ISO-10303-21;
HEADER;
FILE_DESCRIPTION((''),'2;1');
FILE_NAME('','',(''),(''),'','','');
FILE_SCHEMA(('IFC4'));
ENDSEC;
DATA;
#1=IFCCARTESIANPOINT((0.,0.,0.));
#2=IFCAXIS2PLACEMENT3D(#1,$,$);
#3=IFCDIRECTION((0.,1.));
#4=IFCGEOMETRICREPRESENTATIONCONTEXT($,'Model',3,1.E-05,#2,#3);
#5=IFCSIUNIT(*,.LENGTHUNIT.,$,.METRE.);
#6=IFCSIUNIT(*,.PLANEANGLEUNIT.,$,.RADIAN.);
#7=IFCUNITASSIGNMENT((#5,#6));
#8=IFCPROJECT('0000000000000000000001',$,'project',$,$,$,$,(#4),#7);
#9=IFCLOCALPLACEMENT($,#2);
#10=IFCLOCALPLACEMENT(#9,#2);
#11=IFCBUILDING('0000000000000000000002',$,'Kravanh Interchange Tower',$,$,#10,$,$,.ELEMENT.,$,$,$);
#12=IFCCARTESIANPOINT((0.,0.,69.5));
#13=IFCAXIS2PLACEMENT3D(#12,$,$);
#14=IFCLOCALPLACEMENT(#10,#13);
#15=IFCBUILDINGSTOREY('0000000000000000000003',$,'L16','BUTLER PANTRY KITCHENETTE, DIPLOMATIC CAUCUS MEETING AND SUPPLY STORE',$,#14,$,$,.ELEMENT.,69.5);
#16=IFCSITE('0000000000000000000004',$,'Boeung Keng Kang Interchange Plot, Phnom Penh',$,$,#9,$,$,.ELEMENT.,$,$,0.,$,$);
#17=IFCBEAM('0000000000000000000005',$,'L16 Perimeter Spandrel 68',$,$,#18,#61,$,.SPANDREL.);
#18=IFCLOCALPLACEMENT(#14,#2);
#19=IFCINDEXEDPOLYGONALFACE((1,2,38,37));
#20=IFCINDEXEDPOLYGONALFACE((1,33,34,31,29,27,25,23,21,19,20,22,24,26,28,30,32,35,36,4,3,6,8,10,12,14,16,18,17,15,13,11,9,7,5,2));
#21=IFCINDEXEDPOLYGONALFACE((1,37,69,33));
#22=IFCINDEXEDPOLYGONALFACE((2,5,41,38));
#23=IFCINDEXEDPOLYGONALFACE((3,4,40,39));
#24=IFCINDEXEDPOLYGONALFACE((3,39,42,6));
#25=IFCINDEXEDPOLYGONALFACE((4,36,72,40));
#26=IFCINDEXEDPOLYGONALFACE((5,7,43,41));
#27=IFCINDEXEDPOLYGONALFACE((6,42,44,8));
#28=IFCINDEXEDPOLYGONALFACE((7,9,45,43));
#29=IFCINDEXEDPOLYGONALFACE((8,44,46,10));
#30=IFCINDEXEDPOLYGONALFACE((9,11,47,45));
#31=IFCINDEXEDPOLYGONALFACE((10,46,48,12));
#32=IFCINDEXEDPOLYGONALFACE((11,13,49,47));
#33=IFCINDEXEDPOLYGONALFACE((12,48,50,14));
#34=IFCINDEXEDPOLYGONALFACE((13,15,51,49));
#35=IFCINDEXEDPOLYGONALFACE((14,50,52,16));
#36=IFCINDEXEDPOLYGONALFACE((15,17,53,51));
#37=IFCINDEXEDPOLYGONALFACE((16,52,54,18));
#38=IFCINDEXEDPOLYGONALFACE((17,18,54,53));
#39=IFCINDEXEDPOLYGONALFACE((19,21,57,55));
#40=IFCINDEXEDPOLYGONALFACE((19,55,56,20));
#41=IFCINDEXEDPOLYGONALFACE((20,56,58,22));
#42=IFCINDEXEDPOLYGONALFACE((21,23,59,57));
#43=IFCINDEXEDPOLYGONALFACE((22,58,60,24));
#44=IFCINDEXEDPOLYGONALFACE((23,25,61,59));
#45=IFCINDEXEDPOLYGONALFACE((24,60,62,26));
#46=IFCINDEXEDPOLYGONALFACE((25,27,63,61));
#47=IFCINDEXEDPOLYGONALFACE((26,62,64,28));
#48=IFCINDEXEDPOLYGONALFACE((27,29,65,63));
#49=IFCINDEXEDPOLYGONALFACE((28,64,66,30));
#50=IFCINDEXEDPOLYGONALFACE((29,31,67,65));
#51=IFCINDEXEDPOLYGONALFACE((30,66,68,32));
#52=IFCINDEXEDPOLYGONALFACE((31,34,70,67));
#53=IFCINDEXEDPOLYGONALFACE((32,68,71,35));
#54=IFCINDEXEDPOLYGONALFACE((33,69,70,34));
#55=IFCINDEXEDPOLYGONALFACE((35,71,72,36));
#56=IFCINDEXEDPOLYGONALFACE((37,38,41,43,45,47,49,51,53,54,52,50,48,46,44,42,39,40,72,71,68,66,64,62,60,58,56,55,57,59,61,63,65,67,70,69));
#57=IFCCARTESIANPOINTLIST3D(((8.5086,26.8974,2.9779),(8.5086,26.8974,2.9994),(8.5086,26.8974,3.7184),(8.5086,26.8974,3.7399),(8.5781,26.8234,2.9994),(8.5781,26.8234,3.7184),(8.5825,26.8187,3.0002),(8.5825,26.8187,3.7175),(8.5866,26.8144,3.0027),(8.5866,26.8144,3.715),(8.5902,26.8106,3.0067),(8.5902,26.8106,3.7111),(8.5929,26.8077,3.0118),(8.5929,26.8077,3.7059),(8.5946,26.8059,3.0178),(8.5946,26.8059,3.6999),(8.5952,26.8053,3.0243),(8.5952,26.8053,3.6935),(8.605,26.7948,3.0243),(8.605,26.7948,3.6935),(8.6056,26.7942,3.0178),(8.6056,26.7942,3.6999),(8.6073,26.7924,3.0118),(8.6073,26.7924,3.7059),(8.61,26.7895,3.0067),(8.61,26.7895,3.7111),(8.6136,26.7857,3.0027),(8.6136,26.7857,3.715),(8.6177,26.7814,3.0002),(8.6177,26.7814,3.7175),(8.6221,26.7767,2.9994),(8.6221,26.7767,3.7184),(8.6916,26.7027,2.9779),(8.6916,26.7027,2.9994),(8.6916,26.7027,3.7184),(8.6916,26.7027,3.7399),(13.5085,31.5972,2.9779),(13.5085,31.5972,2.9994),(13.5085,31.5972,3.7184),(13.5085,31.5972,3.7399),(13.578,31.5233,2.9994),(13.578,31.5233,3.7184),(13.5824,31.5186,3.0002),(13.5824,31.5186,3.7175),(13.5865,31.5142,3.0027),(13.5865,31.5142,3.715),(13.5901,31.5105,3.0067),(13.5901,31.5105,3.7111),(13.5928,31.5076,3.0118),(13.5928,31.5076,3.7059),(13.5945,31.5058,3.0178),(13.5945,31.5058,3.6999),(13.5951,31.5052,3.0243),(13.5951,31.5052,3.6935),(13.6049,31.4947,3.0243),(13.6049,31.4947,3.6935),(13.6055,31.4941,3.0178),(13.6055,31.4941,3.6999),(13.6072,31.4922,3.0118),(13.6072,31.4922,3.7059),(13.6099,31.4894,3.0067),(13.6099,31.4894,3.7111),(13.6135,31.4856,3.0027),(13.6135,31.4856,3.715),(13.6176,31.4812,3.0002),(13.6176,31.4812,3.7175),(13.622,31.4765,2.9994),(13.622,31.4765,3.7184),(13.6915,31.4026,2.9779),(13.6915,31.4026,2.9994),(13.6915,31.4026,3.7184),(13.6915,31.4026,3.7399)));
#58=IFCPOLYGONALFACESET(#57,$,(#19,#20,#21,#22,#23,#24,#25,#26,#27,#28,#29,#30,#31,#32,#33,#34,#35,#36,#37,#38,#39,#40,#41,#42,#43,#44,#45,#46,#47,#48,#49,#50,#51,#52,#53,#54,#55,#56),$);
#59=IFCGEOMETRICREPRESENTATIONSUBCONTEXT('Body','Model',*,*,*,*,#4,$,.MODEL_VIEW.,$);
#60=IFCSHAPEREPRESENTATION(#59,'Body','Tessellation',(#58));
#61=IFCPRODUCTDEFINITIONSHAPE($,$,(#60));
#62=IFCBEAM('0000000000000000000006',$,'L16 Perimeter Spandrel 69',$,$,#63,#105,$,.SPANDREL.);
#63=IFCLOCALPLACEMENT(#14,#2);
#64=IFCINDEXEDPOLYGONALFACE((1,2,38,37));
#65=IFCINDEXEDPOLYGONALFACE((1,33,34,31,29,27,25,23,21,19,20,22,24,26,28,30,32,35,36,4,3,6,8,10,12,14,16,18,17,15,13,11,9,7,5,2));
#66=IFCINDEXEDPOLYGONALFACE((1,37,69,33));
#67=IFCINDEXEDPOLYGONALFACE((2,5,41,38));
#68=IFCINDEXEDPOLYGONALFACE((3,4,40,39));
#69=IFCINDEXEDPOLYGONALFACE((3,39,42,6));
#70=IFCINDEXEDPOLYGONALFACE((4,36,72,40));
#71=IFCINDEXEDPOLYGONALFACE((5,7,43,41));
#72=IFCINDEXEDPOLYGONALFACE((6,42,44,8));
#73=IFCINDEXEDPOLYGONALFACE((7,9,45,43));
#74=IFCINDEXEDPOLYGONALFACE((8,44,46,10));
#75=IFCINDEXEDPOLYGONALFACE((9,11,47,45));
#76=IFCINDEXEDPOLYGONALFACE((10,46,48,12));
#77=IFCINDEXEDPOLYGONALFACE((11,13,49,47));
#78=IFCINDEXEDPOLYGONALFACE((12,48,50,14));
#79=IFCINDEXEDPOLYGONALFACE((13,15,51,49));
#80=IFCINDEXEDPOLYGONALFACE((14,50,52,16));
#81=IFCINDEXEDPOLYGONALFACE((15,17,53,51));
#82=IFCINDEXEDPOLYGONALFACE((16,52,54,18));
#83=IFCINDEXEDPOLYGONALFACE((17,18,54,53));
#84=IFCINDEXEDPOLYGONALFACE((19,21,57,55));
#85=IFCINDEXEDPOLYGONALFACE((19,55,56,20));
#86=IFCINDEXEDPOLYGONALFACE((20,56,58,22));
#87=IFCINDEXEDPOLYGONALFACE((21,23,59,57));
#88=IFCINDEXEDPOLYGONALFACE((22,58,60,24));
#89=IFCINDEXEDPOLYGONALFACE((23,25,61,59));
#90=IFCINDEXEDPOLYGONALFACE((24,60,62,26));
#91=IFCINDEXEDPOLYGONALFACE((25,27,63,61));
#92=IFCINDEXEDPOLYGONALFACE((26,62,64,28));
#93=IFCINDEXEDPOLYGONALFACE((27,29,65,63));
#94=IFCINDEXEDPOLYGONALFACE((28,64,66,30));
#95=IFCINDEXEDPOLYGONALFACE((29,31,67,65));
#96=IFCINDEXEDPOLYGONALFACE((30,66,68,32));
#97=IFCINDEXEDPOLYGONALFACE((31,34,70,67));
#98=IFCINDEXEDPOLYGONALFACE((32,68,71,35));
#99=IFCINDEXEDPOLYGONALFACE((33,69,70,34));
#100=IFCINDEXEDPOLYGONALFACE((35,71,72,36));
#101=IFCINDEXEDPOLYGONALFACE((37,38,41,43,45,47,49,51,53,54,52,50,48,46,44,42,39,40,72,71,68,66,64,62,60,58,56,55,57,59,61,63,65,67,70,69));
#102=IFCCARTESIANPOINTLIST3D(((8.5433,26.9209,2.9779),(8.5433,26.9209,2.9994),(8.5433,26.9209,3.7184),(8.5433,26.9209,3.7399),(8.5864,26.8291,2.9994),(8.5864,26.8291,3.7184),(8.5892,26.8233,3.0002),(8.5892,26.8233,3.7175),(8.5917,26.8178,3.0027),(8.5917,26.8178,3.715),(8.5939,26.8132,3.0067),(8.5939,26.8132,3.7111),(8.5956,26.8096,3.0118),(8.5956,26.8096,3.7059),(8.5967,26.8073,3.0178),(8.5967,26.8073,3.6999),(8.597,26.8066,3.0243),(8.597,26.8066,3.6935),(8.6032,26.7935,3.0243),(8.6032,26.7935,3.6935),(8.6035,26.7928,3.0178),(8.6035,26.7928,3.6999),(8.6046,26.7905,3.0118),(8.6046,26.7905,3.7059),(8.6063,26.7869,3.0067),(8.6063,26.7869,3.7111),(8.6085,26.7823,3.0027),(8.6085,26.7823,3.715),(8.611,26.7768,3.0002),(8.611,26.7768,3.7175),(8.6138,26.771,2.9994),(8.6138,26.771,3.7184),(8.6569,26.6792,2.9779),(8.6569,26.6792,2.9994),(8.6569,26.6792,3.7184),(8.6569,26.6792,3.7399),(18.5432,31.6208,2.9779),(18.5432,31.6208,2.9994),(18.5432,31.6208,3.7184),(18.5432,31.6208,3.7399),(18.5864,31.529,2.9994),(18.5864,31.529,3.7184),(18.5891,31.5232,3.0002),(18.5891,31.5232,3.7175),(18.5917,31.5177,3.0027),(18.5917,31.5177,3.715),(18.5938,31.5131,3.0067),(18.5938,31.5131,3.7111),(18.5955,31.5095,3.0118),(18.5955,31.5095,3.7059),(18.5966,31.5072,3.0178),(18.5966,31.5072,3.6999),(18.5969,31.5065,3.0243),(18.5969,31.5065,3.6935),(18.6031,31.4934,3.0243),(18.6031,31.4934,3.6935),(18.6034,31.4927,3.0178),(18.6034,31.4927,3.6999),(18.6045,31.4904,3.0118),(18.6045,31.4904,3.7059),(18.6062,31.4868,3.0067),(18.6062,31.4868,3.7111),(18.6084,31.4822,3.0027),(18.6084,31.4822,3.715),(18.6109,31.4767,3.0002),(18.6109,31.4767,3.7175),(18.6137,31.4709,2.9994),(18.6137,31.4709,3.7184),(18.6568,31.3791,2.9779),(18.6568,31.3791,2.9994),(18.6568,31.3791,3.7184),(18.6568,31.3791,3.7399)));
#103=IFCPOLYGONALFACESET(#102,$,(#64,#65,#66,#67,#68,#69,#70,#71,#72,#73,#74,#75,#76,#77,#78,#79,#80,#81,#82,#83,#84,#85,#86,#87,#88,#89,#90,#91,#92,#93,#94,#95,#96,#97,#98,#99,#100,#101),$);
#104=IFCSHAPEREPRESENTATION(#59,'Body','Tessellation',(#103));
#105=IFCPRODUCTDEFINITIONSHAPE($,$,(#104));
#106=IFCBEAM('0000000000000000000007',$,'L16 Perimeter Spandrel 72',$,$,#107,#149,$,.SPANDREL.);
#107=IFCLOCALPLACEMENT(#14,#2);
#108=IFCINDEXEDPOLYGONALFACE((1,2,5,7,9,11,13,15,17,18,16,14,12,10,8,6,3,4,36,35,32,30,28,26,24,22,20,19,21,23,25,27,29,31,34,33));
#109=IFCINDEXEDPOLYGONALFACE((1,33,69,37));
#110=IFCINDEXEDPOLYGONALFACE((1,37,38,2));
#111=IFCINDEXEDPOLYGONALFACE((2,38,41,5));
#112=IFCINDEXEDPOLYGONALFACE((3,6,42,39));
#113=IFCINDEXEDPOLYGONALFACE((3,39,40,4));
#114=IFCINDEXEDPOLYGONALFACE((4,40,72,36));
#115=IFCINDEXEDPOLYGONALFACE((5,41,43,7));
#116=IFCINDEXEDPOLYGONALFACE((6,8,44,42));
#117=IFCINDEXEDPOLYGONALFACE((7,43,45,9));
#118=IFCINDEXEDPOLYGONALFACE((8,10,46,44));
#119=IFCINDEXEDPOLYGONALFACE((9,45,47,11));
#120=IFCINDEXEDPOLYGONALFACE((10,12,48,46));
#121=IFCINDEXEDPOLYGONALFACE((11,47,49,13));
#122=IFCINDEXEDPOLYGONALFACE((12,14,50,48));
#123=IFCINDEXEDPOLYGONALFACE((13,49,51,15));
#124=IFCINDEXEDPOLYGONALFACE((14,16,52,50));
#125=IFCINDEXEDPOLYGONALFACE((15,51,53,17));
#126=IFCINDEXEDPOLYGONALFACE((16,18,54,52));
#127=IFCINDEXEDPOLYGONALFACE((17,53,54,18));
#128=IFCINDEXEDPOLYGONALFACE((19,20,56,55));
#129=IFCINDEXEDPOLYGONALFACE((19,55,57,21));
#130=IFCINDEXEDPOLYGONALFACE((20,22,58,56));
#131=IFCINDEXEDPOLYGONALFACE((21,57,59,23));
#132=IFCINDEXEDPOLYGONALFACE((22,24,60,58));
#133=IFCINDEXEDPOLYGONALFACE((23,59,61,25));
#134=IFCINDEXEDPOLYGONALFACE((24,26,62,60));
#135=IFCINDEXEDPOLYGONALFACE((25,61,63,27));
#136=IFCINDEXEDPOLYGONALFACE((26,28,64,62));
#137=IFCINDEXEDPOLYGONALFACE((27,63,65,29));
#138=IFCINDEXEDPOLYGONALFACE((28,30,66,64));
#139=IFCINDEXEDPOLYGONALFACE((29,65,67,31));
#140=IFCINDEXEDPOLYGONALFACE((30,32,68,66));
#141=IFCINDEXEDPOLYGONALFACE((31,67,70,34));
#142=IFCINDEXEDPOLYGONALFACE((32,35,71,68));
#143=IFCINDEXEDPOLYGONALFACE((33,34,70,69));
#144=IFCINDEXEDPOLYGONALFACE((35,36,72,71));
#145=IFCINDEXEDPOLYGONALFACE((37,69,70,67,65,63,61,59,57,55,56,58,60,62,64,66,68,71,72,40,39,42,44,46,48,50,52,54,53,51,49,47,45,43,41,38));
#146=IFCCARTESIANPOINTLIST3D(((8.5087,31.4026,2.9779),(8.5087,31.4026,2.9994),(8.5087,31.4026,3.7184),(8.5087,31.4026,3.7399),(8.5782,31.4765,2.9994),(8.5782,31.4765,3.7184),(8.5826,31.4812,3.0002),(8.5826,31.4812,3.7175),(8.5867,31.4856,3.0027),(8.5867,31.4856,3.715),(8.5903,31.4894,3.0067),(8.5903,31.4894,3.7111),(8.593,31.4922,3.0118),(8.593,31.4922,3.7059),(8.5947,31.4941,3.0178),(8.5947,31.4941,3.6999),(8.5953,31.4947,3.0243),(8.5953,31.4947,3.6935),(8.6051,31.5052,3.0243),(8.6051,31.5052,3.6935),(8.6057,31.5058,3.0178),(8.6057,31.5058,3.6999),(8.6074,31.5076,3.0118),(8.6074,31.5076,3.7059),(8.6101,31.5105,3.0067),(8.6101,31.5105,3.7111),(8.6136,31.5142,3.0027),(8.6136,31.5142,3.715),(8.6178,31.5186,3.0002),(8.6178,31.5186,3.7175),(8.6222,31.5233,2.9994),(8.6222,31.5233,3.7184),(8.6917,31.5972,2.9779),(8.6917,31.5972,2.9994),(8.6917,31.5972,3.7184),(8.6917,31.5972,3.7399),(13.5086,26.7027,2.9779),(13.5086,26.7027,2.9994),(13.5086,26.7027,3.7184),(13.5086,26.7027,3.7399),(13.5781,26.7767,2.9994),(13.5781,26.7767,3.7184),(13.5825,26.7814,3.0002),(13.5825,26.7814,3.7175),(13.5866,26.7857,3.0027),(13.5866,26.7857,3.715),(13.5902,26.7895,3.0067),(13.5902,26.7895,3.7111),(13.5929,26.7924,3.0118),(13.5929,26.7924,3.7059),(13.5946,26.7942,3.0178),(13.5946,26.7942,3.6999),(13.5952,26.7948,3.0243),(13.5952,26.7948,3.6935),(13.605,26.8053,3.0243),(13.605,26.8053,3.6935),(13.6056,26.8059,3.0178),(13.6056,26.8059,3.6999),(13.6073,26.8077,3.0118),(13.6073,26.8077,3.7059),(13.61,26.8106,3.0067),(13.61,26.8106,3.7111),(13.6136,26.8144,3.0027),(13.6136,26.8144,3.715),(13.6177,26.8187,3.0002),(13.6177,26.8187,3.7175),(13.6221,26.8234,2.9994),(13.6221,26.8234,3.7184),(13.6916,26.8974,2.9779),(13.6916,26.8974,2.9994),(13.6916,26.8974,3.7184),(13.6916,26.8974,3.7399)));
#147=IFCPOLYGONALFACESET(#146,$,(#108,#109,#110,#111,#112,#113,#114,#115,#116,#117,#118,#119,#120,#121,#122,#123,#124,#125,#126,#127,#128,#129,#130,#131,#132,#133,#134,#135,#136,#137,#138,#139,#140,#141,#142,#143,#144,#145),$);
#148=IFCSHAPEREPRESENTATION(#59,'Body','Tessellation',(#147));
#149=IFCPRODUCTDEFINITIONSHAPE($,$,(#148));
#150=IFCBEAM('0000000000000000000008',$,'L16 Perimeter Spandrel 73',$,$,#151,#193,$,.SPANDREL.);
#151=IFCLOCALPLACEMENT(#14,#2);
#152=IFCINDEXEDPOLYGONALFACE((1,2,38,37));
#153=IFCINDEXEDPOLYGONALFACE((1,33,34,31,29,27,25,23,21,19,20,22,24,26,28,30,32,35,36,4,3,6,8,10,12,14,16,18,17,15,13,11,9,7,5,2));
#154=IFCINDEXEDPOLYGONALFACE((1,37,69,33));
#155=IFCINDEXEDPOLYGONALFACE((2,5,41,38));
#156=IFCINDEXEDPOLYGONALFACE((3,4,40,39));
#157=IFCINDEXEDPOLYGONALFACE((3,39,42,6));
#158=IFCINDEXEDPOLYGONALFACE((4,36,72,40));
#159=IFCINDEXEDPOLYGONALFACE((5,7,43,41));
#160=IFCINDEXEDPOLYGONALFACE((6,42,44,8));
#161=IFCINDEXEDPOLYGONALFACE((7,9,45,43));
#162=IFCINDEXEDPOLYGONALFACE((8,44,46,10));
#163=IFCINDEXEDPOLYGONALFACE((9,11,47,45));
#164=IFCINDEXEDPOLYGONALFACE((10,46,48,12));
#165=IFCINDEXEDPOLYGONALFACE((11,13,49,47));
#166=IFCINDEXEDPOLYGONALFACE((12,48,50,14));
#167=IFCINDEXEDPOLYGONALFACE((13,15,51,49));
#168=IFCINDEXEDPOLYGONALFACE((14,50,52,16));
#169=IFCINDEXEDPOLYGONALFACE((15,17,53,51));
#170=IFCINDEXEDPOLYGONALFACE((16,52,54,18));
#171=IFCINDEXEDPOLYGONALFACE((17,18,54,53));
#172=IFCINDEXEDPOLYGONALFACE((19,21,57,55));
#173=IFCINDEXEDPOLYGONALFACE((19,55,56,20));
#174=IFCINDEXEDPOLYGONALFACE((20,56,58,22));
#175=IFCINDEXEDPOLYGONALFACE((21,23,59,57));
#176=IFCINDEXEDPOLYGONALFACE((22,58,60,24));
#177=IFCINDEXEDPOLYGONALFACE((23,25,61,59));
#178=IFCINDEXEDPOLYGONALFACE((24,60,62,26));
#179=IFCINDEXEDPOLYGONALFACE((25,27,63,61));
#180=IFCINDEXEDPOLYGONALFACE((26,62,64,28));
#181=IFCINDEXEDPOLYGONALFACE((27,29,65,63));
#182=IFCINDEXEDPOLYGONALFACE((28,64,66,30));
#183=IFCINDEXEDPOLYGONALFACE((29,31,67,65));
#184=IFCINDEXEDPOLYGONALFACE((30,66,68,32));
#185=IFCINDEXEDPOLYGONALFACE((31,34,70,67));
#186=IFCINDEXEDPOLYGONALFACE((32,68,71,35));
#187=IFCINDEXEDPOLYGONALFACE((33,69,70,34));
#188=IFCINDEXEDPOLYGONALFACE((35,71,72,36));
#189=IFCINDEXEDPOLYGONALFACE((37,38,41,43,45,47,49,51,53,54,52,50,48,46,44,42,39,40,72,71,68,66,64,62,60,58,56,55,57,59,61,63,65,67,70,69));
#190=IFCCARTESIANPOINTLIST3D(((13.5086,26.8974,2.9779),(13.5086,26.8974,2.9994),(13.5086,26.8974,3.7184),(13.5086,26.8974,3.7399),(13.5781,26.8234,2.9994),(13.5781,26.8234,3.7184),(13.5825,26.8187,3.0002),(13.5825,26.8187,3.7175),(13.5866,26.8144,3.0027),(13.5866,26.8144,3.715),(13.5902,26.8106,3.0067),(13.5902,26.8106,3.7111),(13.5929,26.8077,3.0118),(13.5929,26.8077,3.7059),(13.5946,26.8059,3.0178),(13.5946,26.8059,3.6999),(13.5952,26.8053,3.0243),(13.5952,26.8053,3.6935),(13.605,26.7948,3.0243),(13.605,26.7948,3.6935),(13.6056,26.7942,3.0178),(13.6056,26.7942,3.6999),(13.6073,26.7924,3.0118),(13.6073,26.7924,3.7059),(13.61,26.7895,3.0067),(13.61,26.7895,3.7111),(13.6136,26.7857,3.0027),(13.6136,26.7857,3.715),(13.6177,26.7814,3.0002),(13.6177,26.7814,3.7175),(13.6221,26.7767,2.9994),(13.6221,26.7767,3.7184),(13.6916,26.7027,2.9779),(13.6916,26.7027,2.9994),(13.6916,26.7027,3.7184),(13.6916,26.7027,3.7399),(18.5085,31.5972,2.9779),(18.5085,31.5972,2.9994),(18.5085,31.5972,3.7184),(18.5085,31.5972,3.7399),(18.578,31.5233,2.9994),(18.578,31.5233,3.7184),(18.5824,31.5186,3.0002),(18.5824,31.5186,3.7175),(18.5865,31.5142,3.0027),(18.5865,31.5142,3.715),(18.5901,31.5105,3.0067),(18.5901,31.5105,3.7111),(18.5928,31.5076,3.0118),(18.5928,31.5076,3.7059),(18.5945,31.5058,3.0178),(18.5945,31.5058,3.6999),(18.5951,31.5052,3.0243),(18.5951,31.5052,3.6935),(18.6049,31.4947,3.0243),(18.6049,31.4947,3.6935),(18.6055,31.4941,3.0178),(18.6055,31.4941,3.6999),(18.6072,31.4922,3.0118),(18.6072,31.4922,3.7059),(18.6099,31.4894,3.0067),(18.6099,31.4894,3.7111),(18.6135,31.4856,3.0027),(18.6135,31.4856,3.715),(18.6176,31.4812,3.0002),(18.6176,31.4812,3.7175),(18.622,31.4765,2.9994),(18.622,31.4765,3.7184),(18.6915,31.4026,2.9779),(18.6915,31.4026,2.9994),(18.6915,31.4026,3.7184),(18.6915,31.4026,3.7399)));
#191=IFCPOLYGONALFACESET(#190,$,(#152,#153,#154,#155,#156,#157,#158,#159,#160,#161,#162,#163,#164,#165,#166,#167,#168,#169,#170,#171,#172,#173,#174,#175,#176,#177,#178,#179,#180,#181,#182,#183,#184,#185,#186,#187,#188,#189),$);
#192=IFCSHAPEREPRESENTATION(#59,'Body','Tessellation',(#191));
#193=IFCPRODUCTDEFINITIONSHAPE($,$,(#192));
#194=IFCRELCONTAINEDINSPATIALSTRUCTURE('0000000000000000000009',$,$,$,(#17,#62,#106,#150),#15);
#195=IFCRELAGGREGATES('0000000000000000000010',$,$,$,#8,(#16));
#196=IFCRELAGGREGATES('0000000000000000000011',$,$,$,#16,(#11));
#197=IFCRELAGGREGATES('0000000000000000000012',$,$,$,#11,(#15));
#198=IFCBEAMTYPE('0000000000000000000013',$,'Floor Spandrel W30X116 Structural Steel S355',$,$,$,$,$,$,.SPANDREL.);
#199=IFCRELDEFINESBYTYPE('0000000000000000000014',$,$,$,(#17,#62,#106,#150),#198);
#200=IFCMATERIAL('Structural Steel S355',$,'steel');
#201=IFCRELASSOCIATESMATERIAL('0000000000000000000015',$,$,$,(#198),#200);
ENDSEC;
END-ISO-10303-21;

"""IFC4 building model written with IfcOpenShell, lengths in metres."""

from ifc_helpers import new_model, si_unit, direction, frame, origin, origin_2d, place, context, subcontext, project, spatial, i_section, extrude, material, material_profile, profile_set, type_object, element, save


model = new_model("IFC4")

# Units and contexts
model_context = context("Model", 3, precision=1e-05, world=origin(), true_north=direction((0.0, 1.0)))
body_context = subcontext(model_context, "Body", "Model", "MODEL_VIEW")
ifc_project = project(units=[si_unit("LENGTHUNIT", "METRE"), si_unit("PLANEANGLEUNIT", "RADIAN")], contexts=[model_context])

# Site, building, storey
site_placement = place(None, origin())
site = spatial("IfcSite", under=ifc_project, at=site_placement, Name="Boeung Keng Kang Interchange Plot, Phnom Penh", CompositionType="ELEMENT", RefElevation=0.0)
building_placement = place(site_placement, origin())
building = spatial("IfcBuilding", under=site, at=building_placement, Name="Kravanh Interchange Tower", CompositionType="ELEMENT")
storey_placement = place(building_placement, frame((0.0, 0.0, 69.5)))
storey = spatial("IfcBuildingStorey", under=building, at=storey_placement, Name="L16", Description="BUTLER PANTRY KITCHENETTE, DIPLOMATIC CAUCUS MEETING AND SUPPLY STORE", CompositionType="ELEMENT", Elevation=69.5)

# Beams
ifc_material_1 = material(Name="Structural Steel S355", Category="steel")
ifc_material_profile_1 = material_profile(ifc_material_1, i_section(OverallWidth=0.2671, OverallDepth=0.762, WebThickness=0.0144, FlangeThickness=0.0215, FilletRadius=0.0249, at=origin_2d()), Name="W30X116")
ifc_profile_set_1 = profile_set([ifc_material_profile_1], Name="Structural Steel S355")
beam_type_1 = type_object("IfcBeamType", Name="Floor Spandrel W30X116 Structural Steel S355", PredefinedType="SPANDREL", material=ifc_profile_set_1)
beam_1_placement = place(storey_placement, frame((8.6001, 26.8, 3.3589), z_axis=(0.728631, 0.684906, 0.0), x_axis=(-0.684906, 0.728631, 0.0)))
element("IfcBeam", 1, at=beam_1_placement, inside=storey, type_object=beam_type_1, Name="L16 Perimeter Spandrel 68", PredefinedType="SPANDREL", context=body_context, shape_type="SweptSolid", body=[
    extrude(i_section(OverallWidth=0.2671, OverallDepth=0.762, WebThickness=0.0144, FlangeThickness=0.0215, FilletRadius=0.0249, at=origin_2d()), origin(), (0.0, 0.0, 1.0), 6.8621),
])
beam_2_placement = place(storey_placement, frame((8.6001, 26.8, 3.3589), z_axis=(0.905025, 0.425358, 0.0), x_axis=(-0.425358, 0.905025, 0.0)))
element("IfcBeam", 2, at=beam_2_placement, inside=storey, type_object=beam_type_1, Name="L16 Perimeter Spandrel 69", PredefinedType="SPANDREL", context=body_context, shape_type="SweptSolid", body=[
    extrude(i_section(OverallWidth=0.2671, OverallDepth=0.762, WebThickness=0.0144, FlangeThickness=0.0215, FilletRadius=0.0249, at=origin_2d()), origin(), (0.0, 0.0, 1.0), 11.0493),
])
for number, where, z_axis, x_axis, name in (
    (3, (13.6001, 26.8, 3.3589), (-0.728631, 0.684906, 0.0), (-0.684906, -0.728631, 0.0), "L16 Perimeter Spandrel 72"),
    (4, (13.6001, 26.8, 3.3589), (0.728631, 0.684906, 0.0), (-0.684906, 0.728631, 0.0), "L16 Perimeter Spandrel 73"),
):
    element("IfcBeam", number, at=place(storey_placement, frame(where, z_axis=z_axis, x_axis=x_axis)), inside=storey, type_object=beam_type_1, Name=name, PredefinedType="SPANDREL", context=body_context, shape_type="SweptSolid", body=[
        extrude(i_section(OverallWidth=0.2671, OverallDepth=0.762, WebThickness=0.0144, FlangeThickness=0.0215, FilletRadius=0.0249, at=origin_2d()), origin(), (0.0, 0.0, 1.0), 6.8621),
    ])

save(model, "model.ifc")
